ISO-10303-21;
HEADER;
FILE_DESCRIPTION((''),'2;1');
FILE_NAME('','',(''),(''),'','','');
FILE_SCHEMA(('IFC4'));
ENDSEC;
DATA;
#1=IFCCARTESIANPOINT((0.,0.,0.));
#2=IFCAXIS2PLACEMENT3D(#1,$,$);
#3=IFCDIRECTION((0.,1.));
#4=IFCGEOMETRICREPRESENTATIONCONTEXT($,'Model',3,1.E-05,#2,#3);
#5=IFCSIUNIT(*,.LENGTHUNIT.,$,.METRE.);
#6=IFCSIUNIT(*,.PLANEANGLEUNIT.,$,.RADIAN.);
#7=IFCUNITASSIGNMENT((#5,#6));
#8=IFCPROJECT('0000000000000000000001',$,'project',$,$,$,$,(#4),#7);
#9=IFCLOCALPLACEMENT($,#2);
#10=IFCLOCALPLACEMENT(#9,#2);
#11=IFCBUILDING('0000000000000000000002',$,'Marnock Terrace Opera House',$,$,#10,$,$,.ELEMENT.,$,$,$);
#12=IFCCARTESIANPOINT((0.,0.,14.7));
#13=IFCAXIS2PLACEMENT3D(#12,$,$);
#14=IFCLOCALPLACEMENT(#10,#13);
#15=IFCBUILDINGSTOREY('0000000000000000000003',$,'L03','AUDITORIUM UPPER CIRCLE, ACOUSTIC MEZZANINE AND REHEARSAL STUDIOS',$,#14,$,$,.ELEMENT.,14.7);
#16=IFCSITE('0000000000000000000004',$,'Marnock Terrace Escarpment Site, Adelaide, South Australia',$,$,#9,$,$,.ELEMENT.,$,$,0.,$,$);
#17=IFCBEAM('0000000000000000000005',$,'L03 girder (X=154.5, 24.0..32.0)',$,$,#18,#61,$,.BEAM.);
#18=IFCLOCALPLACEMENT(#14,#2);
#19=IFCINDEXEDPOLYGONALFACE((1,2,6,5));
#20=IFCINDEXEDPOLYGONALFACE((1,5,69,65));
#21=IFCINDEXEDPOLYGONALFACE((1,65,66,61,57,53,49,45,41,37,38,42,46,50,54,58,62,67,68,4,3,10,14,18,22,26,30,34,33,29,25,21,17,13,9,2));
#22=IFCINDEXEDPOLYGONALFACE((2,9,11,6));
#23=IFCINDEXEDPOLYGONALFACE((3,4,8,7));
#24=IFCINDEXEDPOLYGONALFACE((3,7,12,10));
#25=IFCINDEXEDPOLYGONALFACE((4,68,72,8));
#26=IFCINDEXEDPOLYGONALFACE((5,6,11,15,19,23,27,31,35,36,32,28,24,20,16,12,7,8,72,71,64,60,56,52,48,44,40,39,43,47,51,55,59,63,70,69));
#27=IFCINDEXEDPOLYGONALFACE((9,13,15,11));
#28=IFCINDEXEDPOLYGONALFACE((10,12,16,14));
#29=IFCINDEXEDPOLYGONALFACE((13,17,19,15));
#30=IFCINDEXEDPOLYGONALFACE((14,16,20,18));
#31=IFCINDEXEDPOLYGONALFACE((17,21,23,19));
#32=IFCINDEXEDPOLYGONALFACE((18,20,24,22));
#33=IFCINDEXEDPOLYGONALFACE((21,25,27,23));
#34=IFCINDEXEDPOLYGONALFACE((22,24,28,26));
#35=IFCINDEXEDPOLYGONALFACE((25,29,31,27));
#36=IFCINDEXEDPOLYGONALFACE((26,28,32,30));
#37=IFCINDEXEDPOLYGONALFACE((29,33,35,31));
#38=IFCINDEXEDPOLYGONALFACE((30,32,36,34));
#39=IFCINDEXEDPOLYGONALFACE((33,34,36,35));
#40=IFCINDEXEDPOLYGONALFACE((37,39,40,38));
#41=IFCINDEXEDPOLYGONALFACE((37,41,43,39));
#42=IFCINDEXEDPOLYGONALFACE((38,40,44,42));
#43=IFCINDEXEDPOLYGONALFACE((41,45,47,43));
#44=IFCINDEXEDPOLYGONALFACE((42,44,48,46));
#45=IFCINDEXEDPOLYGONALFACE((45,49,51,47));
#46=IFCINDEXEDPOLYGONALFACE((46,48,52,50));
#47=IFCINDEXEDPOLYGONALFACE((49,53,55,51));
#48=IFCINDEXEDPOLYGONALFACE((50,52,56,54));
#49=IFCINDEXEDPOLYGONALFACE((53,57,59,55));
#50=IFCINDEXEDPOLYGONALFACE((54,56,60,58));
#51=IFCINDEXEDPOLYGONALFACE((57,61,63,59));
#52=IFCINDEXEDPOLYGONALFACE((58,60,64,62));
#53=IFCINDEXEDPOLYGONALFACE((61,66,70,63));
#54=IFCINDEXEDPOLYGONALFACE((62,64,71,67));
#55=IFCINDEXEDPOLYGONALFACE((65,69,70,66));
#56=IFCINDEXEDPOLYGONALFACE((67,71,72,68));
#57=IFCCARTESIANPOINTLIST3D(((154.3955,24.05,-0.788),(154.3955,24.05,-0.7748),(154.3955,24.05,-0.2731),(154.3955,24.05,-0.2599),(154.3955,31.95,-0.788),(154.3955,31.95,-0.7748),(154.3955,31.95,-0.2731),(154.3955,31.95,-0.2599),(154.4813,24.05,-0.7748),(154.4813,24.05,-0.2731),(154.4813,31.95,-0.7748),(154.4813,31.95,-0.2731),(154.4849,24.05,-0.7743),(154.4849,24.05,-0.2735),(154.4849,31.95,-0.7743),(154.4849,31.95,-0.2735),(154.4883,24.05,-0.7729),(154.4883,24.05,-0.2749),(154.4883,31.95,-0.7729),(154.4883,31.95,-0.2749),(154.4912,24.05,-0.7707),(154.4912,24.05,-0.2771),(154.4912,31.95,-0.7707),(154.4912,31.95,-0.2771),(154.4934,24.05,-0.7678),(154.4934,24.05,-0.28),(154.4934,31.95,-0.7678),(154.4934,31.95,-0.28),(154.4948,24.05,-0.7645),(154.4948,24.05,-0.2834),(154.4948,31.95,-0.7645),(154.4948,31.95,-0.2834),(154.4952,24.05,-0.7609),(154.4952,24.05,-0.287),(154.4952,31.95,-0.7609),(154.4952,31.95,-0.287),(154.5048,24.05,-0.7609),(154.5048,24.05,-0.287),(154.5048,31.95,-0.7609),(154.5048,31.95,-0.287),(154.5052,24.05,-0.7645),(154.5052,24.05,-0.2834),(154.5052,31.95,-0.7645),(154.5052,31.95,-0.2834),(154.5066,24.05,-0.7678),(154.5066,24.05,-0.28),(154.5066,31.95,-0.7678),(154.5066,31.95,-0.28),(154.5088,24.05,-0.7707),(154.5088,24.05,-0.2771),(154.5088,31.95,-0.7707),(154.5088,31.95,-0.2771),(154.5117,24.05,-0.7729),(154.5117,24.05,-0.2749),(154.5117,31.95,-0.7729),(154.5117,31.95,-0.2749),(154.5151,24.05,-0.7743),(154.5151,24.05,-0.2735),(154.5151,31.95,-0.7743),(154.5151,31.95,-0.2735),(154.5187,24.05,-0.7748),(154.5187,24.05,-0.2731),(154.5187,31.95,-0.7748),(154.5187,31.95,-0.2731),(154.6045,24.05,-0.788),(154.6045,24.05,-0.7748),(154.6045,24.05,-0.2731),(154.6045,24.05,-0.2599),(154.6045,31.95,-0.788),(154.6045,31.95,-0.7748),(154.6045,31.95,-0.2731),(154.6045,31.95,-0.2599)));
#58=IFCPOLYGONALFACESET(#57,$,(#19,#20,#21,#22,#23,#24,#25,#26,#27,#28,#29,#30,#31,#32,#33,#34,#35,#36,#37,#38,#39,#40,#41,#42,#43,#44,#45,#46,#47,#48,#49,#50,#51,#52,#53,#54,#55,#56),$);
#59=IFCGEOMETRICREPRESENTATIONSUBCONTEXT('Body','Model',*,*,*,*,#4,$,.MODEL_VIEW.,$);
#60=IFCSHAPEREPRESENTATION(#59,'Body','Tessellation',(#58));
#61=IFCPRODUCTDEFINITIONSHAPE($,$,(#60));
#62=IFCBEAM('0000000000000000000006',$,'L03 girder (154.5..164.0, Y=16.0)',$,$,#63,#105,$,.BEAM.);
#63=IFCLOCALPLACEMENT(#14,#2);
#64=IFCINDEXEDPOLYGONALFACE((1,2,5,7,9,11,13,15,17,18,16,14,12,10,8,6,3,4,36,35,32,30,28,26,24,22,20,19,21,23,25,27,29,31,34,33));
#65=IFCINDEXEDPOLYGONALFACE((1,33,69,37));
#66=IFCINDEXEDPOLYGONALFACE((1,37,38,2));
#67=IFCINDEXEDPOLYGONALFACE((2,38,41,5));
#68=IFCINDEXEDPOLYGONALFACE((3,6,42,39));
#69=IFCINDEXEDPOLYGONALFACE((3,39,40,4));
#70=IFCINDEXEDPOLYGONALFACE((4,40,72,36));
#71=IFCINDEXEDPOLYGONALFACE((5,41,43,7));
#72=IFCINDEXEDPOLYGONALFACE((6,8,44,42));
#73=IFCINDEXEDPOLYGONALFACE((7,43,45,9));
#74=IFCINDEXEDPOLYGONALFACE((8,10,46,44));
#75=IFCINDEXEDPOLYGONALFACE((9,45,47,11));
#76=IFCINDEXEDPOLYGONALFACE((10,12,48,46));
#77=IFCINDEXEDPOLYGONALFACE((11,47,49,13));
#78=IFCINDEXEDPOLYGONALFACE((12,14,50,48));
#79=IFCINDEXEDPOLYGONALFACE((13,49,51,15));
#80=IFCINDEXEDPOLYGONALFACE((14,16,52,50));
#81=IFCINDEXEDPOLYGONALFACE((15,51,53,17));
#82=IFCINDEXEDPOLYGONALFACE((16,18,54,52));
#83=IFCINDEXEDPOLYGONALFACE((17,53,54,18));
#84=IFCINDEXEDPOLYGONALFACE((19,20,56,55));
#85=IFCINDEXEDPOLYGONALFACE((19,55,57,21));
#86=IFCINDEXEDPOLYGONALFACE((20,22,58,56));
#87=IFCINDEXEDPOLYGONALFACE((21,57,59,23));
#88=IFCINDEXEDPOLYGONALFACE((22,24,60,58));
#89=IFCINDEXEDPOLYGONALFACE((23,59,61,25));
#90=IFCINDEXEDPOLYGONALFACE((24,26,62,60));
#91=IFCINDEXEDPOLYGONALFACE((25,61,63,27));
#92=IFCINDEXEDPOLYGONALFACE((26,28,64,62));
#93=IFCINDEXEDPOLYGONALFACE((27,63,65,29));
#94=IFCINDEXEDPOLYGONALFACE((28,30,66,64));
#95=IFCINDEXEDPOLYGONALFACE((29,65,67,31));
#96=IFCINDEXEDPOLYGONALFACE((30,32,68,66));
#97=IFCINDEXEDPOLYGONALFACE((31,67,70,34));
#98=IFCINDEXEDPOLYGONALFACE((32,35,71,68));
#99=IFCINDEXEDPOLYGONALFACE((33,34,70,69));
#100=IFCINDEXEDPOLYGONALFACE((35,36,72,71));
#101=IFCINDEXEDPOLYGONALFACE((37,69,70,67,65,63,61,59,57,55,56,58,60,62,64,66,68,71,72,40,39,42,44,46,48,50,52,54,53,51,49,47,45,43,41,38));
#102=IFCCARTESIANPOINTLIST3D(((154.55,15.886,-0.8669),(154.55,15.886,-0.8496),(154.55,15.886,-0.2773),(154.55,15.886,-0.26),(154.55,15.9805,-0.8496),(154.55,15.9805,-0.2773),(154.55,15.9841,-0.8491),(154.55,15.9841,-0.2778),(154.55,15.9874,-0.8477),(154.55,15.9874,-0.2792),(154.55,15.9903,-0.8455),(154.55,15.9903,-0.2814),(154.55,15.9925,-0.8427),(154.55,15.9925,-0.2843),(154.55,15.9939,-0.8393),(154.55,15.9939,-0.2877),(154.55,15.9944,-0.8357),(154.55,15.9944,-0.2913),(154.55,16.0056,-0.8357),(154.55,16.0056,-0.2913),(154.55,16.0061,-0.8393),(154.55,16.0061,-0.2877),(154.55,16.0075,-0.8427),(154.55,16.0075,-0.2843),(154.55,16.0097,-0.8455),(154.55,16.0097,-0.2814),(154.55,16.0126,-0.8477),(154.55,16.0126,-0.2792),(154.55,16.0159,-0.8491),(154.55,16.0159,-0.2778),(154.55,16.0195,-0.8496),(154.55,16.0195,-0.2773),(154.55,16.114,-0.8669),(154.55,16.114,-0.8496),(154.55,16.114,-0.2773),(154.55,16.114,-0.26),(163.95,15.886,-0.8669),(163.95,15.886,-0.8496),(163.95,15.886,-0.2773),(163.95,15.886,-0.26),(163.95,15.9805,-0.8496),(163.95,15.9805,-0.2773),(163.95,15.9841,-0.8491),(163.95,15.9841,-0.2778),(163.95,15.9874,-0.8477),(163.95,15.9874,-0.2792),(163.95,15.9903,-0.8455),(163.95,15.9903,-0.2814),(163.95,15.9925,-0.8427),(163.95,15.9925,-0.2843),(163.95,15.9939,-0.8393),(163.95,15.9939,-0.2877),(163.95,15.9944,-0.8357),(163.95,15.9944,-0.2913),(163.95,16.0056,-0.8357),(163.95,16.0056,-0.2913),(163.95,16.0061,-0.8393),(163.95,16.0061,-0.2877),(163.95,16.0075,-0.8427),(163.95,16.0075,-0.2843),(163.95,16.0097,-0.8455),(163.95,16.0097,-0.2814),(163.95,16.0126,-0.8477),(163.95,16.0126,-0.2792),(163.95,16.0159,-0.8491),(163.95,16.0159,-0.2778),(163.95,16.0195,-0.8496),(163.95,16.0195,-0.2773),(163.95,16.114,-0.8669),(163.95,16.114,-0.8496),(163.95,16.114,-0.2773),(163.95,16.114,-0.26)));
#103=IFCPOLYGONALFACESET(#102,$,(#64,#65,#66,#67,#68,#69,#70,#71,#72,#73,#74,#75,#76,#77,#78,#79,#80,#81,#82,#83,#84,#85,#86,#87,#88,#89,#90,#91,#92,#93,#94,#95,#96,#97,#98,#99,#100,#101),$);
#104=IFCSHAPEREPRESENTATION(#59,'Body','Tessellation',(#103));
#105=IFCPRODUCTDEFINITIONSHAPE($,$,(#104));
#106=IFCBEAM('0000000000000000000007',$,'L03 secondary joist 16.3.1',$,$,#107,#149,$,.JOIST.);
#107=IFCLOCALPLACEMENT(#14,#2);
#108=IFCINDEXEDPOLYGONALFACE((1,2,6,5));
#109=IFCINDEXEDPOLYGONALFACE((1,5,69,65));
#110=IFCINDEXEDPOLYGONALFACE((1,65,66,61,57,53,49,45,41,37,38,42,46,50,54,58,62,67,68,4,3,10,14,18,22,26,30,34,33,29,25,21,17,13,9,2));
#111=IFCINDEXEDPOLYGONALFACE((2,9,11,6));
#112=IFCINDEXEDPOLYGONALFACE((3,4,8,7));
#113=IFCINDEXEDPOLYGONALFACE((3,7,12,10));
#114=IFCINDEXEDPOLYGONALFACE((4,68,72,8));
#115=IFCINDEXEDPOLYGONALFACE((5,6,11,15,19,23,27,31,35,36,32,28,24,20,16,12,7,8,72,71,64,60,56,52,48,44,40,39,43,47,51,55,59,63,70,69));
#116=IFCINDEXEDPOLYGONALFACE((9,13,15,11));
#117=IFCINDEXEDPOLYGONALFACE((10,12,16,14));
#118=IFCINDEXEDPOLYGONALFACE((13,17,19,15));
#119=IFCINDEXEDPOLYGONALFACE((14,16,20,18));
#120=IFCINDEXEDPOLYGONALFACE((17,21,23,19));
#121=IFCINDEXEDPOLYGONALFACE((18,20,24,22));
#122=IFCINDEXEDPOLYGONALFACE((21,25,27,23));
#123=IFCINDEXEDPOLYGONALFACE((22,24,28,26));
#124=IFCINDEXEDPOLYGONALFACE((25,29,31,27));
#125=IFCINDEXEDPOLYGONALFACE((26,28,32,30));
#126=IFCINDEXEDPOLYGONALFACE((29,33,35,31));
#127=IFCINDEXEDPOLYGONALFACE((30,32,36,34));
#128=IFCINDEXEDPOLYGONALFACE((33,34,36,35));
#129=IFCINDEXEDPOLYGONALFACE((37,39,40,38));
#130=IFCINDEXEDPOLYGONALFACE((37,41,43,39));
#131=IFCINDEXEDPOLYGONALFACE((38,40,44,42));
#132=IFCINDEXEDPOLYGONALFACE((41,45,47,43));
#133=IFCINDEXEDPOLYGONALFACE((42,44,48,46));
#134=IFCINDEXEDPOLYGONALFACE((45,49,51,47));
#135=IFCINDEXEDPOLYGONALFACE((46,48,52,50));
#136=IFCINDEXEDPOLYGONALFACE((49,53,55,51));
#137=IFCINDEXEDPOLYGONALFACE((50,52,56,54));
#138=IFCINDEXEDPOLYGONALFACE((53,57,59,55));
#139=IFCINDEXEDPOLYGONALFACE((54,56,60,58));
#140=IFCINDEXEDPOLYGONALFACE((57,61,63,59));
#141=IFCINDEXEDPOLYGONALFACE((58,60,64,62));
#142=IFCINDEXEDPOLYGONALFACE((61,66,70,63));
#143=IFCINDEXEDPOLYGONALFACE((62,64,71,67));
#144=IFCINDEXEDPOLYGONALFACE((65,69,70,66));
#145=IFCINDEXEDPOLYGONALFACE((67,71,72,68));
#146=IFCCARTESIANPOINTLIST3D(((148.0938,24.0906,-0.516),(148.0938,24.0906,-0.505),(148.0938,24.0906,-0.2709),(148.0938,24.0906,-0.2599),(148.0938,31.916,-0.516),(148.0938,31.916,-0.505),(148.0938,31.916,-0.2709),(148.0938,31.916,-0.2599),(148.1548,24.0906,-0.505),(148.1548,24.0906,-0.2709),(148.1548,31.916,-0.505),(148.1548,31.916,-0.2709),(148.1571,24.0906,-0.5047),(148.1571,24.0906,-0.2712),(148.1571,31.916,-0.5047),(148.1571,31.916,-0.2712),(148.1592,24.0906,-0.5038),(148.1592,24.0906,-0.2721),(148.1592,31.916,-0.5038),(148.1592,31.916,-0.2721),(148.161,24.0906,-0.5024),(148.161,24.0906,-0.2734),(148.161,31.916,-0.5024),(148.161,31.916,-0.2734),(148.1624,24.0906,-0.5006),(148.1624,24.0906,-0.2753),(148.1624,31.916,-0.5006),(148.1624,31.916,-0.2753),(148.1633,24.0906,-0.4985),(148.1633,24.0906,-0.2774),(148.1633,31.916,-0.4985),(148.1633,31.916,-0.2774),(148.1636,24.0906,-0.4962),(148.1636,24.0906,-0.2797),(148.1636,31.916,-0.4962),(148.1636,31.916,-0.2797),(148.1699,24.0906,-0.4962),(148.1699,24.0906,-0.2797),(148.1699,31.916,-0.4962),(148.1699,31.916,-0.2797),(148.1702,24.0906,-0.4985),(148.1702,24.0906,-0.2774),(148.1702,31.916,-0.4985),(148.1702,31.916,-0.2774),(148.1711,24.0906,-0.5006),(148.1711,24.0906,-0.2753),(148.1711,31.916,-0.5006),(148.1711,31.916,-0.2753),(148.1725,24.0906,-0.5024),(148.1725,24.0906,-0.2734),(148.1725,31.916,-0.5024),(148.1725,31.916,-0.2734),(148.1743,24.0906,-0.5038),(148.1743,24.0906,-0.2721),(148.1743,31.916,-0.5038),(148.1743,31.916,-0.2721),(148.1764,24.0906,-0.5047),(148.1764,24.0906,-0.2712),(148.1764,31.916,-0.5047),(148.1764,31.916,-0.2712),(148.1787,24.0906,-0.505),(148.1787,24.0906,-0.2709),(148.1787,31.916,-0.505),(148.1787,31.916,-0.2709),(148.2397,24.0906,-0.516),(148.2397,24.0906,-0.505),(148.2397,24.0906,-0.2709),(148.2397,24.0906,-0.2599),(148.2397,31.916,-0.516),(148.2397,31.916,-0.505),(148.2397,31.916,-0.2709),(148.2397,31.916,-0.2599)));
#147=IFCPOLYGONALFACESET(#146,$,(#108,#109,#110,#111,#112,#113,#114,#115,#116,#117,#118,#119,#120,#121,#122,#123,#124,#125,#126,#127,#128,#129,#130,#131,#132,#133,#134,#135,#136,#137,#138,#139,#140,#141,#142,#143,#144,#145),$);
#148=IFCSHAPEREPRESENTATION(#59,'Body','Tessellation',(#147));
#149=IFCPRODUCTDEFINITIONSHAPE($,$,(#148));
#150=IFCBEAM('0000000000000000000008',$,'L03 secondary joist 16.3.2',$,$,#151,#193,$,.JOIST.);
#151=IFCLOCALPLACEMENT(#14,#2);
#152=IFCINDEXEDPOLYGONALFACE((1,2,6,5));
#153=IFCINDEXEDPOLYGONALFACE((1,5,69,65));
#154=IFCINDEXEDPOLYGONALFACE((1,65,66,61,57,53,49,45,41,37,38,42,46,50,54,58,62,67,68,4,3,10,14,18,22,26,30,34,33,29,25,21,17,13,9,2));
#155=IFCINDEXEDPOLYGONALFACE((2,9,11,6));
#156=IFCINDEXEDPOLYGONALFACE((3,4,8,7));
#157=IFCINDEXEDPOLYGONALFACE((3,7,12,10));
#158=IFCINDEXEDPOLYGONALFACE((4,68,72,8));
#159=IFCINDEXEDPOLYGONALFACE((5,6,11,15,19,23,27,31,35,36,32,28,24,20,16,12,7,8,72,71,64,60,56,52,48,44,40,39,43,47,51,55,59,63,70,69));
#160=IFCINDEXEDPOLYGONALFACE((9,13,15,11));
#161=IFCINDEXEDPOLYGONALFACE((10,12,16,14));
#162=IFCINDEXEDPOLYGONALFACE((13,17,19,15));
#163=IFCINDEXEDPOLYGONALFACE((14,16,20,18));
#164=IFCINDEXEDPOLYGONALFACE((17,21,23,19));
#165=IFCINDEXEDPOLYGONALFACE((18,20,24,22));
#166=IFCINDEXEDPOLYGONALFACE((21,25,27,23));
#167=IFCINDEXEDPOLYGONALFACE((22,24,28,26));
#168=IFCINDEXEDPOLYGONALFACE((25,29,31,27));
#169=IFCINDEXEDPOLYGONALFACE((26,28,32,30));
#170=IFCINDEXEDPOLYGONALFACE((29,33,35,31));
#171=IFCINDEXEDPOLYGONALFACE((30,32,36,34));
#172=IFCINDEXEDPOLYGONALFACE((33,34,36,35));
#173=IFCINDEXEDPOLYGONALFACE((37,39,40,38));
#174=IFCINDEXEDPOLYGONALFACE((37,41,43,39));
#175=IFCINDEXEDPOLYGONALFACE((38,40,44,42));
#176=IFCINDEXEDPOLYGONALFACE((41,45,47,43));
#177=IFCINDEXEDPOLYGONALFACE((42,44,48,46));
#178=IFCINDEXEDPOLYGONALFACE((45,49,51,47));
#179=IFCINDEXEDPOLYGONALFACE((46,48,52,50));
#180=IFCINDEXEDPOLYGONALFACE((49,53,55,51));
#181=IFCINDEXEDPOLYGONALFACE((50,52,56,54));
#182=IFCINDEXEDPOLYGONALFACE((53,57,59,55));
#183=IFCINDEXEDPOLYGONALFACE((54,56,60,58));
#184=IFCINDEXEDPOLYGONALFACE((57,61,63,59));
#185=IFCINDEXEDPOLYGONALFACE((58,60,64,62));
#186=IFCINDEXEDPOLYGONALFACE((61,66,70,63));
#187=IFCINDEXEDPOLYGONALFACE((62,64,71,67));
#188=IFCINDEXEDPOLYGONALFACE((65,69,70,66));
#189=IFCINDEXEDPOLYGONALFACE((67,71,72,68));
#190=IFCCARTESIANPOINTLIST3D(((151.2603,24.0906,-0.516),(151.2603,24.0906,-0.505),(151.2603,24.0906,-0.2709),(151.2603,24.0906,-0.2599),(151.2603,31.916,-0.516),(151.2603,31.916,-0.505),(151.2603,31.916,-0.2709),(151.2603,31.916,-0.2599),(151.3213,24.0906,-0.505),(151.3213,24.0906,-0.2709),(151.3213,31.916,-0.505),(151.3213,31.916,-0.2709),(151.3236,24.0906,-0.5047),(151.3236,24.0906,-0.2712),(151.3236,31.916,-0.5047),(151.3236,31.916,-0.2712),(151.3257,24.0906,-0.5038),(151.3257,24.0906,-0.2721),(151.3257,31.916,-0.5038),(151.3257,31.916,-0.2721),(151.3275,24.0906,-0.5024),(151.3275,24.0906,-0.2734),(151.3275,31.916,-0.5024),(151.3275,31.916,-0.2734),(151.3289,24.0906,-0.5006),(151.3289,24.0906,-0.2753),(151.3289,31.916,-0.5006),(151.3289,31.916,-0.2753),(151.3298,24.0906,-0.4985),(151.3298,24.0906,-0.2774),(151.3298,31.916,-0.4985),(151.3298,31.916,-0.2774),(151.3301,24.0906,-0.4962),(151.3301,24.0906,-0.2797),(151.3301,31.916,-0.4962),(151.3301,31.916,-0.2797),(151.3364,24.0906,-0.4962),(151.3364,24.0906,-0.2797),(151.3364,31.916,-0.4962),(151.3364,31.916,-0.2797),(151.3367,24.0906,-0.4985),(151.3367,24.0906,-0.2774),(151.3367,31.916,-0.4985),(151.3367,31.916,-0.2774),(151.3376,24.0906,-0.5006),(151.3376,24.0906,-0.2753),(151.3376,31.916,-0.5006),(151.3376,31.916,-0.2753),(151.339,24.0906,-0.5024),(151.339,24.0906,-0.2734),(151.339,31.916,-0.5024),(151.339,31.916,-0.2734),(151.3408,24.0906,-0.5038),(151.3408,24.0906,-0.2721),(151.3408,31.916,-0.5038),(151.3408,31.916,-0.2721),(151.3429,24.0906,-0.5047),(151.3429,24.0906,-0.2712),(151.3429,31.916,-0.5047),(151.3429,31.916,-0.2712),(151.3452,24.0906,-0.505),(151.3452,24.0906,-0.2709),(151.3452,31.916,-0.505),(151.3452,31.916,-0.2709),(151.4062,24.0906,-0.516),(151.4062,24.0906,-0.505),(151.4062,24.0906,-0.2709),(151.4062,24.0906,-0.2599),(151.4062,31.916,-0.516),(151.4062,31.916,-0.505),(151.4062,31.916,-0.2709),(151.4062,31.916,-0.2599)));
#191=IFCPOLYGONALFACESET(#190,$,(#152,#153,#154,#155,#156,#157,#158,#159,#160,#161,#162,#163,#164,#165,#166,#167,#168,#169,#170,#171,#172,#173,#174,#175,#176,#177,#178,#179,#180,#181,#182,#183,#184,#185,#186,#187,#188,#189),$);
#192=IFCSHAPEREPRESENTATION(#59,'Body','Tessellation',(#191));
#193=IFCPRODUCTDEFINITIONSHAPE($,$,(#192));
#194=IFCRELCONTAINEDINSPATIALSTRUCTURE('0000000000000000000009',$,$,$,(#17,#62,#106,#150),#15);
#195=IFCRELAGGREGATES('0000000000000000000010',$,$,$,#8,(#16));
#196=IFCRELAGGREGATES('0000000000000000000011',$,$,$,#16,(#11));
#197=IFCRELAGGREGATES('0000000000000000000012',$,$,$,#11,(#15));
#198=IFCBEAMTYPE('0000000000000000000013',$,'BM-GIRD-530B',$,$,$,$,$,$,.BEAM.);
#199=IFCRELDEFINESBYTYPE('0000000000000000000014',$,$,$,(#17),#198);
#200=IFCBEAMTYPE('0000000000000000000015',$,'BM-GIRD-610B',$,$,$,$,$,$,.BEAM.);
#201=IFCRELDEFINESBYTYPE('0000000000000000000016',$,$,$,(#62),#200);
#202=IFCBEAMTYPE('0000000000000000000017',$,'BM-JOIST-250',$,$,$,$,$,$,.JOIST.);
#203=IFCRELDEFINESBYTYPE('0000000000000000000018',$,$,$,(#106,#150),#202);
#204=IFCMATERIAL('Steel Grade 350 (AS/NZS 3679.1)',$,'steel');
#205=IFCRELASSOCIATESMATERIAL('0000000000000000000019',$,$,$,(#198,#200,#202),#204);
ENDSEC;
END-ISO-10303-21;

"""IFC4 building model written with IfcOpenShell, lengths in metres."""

from ifc_helpers import new_model, si_unit, direction, frame, origin, origin_2d, place, context, subcontext, project, spatial, i_section, extrude, material, material_profile, profile_set, type_object, element, save


model = new_model("IFC4")

# Units and contexts
model_context = context("Model", 3, precision=1e-05, world=origin(), true_north=direction((0.0, 1.0)))
body_context = subcontext(model_context, "Body", "Model", "MODEL_VIEW")
ifc_project = project(units=[si_unit("LENGTHUNIT", "METRE"), si_unit("PLANEANGLEUNIT", "RADIAN")], contexts=[model_context])

# Site, building, storey
site_placement = place(None, origin())
site = spatial("IfcSite", under=ifc_project, at=site_placement, Name="Marnock Terrace Escarpment Site, Adelaide, South Australia", CompositionType="ELEMENT", RefElevation=0.0)
building_placement = place(site_placement, origin())
building = spatial("IfcBuilding", under=site, at=building_placement, Name="Marnock Terrace Opera House", CompositionType="ELEMENT")
storey_placement = place(building_placement, frame((0.0, 0.0, 14.7)))
storey = spatial("IfcBuildingStorey", under=building, at=storey_placement, Name="L03", Description="AUDITORIUM UPPER CIRCLE, ACOUSTIC MEZZANINE AND REHEARSAL STUDIOS", CompositionType="ELEMENT", Elevation=14.7)

# Beams
ifc_material_1 = material(Name="Steel Grade 350 (AS/NZS 3679.1)", Category="steel")
ifc_material_profile_1 = material_profile(ifc_material_1, i_section(OverallWidth=0.209, OverallDepth=0.5281, WebThickness=0.0095, FlangeThickness=0.0132, FilletRadius=0.0139, at=origin_2d()))
ifc_profile_set_1 = profile_set([ifc_material_profile_1], Name="Steel Grade 350 (AS/NZS 3679.1)")
beam_type_1 = type_object("IfcBeamType", Name="BM-GIRD-530B", PredefinedType="BEAM", material=ifc_profile_set_1)
for number, where, z_axis, x_axis, name in (
    (1, (154.5, 24.05, -0.5239), (0.0, 1.0, 0.0), (-1.0, 0.0, 0.0), "L03 girder (X=154.5, 24.0..32.0)"),
):
    element("IfcBeam", number, at=place(storey_placement, frame(where, z_axis=z_axis, x_axis=x_axis)), inside=storey, type_object=beam_type_1, Name=name, PredefinedType="BEAM", context=body_context, shape_type="SweptSolid", body=[
        extrude(i_section(OverallWidth=0.209, OverallDepth=0.5281, WebThickness=0.0095, FlangeThickness=0.0132, FilletRadius=0.0139, at=origin_2d()), origin(), (0.0, 0.0, 1.0), 7.8999),
    ])
ifc_material_profile_2 = material_profile(ifc_material_1, i_section(OverallWidth=0.228, OverallDepth=0.6069, WebThickness=0.0112, FlangeThickness=0.0173, FilletRadius=0.0139, at=origin_2d()))
ifc_profile_set_2 = profile_set([ifc_material_profile_2], Name="Steel Grade 350 (AS/NZS 3679.1)")
beam_type_2 = type_object("IfcBeamType", Name="BM-GIRD-610B", PredefinedType="BEAM", material=ifc_profile_set_2)
beam_1_placement = place(storey_placement, frame((154.55, 16.0, -0.5635), z_axis=(1.0, 0.0, 0.0), x_axis=(0.0, 1.0, 0.0)))
element("IfcBeam", 2, at=beam_1_placement, inside=storey, type_object=beam_type_2, Name="L03 girder (154.5..164.0, Y=16.0)", PredefinedType="BEAM", context=body_context, shape_type="SweptSolid", body=[
    extrude(i_section(OverallWidth=0.228, OverallDepth=0.6069, WebThickness=0.0112, FlangeThickness=0.0173, FilletRadius=0.0139, at=origin_2d()), origin(), (0.0, 0.0, 1.0), 9.3999),
])
ifc_material_profile_3 = material_profile(ifc_material_1, i_section(OverallWidth=0.146, OverallDepth=0.2561, WebThickness=0.0063, FlangeThickness=0.011, FilletRadius=0.0088, at=origin_2d()))
ifc_profile_set_3 = profile_set([ifc_material_profile_3], Name="Steel Grade 350 (AS/NZS 3679.1)")
beam_type_3 = type_object("IfcBeamType", Name="BM-JOIST-250", PredefinedType="JOIST", material=ifc_profile_set_3)
for number, where, z_axis, x_axis, name in (
    (3, (148.1667, 24.0906, -0.3879), (0.0, 1.0, 0.0), (-1.0, 0.0, 0.0), "L03 secondary joist 16.3.1"),
    (4, (151.3333, 24.0906, -0.3879), (0.0, 1.0, 0.0), (-1.0, 0.0, 0.0), "L03 secondary joist 16.3.2"),
):
    element("IfcBeam", number, at=place(storey_placement, frame(where, z_axis=z_axis, x_axis=x_axis)), inside=storey, type_object=beam_type_3, Name=name, PredefinedType="JOIST", context=body_context, shape_type="SweptSolid", body=[
        extrude(i_section(OverallWidth=0.146, OverallDepth=0.2561, WebThickness=0.0063, FlangeThickness=0.011, FilletRadius=0.0088, at=origin_2d()), origin(), (0.0, 0.0, 1.0), 7.8254),
    ])

save(model, "model.ifc")
